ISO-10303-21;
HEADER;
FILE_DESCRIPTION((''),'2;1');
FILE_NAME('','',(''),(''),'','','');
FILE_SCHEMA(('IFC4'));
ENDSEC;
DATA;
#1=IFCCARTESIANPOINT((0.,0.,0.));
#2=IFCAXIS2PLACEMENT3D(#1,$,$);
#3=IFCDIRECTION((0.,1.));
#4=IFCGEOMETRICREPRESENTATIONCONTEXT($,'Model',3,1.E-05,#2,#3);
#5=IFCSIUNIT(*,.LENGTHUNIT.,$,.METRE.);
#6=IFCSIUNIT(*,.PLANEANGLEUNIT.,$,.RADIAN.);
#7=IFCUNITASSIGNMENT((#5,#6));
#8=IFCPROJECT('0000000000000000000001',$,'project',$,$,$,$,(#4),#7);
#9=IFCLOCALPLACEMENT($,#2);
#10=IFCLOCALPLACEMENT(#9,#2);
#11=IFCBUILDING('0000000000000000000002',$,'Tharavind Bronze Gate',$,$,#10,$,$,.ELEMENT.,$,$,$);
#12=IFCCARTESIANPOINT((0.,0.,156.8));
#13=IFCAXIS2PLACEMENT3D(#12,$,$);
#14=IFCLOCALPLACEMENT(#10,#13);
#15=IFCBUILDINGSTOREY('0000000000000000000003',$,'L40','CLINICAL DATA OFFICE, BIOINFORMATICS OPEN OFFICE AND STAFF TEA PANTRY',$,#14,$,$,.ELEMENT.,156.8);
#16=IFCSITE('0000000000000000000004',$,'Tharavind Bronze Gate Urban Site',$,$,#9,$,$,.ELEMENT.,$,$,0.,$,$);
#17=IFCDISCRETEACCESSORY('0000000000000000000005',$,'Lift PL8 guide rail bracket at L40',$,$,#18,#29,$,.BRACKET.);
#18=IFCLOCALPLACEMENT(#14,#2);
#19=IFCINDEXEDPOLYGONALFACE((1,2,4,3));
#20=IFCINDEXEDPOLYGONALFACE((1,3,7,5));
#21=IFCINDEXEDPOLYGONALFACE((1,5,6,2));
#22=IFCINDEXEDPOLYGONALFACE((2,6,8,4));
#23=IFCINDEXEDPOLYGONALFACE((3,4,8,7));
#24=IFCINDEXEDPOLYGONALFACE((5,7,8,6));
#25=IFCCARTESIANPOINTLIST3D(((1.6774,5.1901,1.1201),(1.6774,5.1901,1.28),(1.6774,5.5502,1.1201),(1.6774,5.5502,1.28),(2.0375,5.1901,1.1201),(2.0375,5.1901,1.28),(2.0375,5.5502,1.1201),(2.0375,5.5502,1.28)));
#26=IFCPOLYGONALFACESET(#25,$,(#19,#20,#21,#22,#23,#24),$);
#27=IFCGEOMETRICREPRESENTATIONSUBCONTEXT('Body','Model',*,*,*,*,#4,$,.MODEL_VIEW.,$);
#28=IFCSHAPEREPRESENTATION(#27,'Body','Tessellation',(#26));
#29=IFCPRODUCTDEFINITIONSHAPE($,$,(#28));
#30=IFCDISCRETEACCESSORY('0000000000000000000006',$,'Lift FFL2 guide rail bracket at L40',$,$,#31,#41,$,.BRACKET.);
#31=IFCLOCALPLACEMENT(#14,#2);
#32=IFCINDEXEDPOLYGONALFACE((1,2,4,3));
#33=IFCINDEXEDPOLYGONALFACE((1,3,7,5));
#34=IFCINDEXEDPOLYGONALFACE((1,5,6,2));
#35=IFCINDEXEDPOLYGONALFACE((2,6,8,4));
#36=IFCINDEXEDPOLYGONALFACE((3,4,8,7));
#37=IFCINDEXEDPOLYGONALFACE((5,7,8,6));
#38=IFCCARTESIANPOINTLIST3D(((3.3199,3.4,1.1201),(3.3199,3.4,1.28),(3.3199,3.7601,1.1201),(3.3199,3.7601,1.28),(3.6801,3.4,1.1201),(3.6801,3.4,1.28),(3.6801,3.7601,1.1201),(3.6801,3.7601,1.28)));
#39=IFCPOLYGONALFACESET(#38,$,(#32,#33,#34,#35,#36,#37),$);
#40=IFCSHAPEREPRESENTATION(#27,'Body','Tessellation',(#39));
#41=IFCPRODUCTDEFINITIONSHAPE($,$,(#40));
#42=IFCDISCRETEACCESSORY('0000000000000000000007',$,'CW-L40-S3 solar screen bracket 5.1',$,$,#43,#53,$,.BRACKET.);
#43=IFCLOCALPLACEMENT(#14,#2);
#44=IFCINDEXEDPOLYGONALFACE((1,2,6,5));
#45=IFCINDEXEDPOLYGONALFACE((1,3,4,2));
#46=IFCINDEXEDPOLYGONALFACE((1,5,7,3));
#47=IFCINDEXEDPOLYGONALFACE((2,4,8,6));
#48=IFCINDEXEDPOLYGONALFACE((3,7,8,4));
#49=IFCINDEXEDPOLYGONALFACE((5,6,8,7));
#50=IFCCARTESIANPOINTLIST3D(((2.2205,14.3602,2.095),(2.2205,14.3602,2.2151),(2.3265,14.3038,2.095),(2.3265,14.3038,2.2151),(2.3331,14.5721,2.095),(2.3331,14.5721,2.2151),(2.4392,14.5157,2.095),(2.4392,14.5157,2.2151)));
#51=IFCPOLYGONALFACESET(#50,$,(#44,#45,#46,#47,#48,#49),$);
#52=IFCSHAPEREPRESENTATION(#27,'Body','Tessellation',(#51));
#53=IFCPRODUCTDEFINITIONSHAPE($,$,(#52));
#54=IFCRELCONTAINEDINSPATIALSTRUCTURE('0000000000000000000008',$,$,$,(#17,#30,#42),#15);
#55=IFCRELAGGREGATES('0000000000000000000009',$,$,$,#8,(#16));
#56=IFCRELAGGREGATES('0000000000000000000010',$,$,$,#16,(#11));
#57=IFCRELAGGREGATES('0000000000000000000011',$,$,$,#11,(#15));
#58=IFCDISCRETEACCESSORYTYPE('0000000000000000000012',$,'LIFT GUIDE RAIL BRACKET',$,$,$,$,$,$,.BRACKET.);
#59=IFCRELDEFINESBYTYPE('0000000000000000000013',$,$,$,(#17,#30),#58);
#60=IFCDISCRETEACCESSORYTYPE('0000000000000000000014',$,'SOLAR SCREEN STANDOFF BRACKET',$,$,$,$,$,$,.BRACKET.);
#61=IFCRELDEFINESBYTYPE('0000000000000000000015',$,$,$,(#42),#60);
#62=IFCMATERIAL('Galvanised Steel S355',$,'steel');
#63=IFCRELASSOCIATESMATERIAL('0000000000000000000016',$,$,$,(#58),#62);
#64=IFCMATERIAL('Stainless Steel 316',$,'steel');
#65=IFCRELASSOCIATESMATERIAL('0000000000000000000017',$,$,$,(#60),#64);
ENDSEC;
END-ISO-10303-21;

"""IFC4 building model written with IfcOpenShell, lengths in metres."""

from ifc_helpers import new_model, si_unit, direction, frame, origin, origin_2d, place, context, subcontext, project, spatial, rectangle, extrude, material, type_object, element, save


model = new_model("IFC4")

# Units and contexts
model_context = context("Model", 3, precision=1e-05, world=origin(), true_north=direction((0.0, 1.0)))
body_context = subcontext(model_context, "Body", "Model", "MODEL_VIEW")
ifc_project = project(units=[si_unit("LENGTHUNIT", "METRE"), si_unit("PLANEANGLEUNIT", "RADIAN")], contexts=[model_context])

# Site, building, storey
site_placement = place(None, origin())
site = spatial("IfcSite", under=ifc_project, at=site_placement, Name="Tharavind Bronze Gate Urban Site", CompositionType="ELEMENT", RefElevation=0.0)
building_placement = place(site_placement, origin())
building = spatial("IfcBuilding", under=site, at=building_placement, Name="Tharavind Bronze Gate", CompositionType="ELEMENT")
storey_placement = place(building_placement, frame((0.0, 0.0, 156.8)))
storey = spatial("IfcBuildingStorey", under=building, at=storey_placement, Name="L40", Description="CLINICAL DATA OFFICE, BIOINFORMATICS OPEN OFFICE AND STAFF TEA PANTRY", CompositionType="ELEMENT", Elevation=156.8)

# Discrete accessories
ifc_material_1 = material(Name="Galvanised Steel S355", Category="steel")
discrete_accessory_type_1 = type_object("IfcDiscreteAccessoryType", Name="LIFT GUIDE RAIL BRACKET", PredefinedType="BRACKET", material=ifc_material_1)
for number, where, z_axis, x_axis, name in (
    (1, (1.8574, 5.3701, 1.1201), (0.0, 0.0, 1.0), (1.0, 0.0, 0.0), "Lift PL8 guide rail bracket at L40"),
    (2, (3.5, 3.5801, 1.1201), (0.0, 0.0, 1.0), (1.0, 0.0, 0.0), "Lift FFL2 guide rail bracket at L40"),
):
    element("IfcDiscreteAccessory", number, at=place(storey_placement, frame(where, z_axis=z_axis, x_axis=x_axis)), inside=storey, type_object=discrete_accessory_type_1, Name=name, PredefinedType="BRACKET", context=body_context, shape_type="SweptSolid", body=[
        extrude(rectangle(XDim=0.3601, YDim=0.3601, at=origin_2d()), origin(), (0.0, 0.0, 1.0), 0.1599),
    ])
ifc_material_2 = material(Name="Stainless Steel 316", Category="steel")
discrete_accessory_type_2 = type_object("IfcDiscreteAccessoryType", Name="SOLAR SCREEN STANDOFF BRACKET", PredefinedType="BRACKET", material=ifc_material_2)
discrete_accessory_placement = place(storey_placement, frame((2.3298, 14.438, 2.095), z_axis=(0.0, 0.0, 1.0), x_axis=(-0.882948, 0.469472, 0.0)))
element("IfcDiscreteAccessory", 3, at=discrete_accessory_placement, inside=storey, type_object=discrete_accessory_type_2, Name="CW-L40-S3 solar screen bracket 5.1", PredefinedType="BRACKET", context=body_context, shape_type="SweptSolid", body=[
    extrude(rectangle(XDim=0.1201, YDim=0.24, at=origin_2d()), origin(), (0.0, 0.0, 1.0), 0.1201),
])

save(model, "model.ifc")
